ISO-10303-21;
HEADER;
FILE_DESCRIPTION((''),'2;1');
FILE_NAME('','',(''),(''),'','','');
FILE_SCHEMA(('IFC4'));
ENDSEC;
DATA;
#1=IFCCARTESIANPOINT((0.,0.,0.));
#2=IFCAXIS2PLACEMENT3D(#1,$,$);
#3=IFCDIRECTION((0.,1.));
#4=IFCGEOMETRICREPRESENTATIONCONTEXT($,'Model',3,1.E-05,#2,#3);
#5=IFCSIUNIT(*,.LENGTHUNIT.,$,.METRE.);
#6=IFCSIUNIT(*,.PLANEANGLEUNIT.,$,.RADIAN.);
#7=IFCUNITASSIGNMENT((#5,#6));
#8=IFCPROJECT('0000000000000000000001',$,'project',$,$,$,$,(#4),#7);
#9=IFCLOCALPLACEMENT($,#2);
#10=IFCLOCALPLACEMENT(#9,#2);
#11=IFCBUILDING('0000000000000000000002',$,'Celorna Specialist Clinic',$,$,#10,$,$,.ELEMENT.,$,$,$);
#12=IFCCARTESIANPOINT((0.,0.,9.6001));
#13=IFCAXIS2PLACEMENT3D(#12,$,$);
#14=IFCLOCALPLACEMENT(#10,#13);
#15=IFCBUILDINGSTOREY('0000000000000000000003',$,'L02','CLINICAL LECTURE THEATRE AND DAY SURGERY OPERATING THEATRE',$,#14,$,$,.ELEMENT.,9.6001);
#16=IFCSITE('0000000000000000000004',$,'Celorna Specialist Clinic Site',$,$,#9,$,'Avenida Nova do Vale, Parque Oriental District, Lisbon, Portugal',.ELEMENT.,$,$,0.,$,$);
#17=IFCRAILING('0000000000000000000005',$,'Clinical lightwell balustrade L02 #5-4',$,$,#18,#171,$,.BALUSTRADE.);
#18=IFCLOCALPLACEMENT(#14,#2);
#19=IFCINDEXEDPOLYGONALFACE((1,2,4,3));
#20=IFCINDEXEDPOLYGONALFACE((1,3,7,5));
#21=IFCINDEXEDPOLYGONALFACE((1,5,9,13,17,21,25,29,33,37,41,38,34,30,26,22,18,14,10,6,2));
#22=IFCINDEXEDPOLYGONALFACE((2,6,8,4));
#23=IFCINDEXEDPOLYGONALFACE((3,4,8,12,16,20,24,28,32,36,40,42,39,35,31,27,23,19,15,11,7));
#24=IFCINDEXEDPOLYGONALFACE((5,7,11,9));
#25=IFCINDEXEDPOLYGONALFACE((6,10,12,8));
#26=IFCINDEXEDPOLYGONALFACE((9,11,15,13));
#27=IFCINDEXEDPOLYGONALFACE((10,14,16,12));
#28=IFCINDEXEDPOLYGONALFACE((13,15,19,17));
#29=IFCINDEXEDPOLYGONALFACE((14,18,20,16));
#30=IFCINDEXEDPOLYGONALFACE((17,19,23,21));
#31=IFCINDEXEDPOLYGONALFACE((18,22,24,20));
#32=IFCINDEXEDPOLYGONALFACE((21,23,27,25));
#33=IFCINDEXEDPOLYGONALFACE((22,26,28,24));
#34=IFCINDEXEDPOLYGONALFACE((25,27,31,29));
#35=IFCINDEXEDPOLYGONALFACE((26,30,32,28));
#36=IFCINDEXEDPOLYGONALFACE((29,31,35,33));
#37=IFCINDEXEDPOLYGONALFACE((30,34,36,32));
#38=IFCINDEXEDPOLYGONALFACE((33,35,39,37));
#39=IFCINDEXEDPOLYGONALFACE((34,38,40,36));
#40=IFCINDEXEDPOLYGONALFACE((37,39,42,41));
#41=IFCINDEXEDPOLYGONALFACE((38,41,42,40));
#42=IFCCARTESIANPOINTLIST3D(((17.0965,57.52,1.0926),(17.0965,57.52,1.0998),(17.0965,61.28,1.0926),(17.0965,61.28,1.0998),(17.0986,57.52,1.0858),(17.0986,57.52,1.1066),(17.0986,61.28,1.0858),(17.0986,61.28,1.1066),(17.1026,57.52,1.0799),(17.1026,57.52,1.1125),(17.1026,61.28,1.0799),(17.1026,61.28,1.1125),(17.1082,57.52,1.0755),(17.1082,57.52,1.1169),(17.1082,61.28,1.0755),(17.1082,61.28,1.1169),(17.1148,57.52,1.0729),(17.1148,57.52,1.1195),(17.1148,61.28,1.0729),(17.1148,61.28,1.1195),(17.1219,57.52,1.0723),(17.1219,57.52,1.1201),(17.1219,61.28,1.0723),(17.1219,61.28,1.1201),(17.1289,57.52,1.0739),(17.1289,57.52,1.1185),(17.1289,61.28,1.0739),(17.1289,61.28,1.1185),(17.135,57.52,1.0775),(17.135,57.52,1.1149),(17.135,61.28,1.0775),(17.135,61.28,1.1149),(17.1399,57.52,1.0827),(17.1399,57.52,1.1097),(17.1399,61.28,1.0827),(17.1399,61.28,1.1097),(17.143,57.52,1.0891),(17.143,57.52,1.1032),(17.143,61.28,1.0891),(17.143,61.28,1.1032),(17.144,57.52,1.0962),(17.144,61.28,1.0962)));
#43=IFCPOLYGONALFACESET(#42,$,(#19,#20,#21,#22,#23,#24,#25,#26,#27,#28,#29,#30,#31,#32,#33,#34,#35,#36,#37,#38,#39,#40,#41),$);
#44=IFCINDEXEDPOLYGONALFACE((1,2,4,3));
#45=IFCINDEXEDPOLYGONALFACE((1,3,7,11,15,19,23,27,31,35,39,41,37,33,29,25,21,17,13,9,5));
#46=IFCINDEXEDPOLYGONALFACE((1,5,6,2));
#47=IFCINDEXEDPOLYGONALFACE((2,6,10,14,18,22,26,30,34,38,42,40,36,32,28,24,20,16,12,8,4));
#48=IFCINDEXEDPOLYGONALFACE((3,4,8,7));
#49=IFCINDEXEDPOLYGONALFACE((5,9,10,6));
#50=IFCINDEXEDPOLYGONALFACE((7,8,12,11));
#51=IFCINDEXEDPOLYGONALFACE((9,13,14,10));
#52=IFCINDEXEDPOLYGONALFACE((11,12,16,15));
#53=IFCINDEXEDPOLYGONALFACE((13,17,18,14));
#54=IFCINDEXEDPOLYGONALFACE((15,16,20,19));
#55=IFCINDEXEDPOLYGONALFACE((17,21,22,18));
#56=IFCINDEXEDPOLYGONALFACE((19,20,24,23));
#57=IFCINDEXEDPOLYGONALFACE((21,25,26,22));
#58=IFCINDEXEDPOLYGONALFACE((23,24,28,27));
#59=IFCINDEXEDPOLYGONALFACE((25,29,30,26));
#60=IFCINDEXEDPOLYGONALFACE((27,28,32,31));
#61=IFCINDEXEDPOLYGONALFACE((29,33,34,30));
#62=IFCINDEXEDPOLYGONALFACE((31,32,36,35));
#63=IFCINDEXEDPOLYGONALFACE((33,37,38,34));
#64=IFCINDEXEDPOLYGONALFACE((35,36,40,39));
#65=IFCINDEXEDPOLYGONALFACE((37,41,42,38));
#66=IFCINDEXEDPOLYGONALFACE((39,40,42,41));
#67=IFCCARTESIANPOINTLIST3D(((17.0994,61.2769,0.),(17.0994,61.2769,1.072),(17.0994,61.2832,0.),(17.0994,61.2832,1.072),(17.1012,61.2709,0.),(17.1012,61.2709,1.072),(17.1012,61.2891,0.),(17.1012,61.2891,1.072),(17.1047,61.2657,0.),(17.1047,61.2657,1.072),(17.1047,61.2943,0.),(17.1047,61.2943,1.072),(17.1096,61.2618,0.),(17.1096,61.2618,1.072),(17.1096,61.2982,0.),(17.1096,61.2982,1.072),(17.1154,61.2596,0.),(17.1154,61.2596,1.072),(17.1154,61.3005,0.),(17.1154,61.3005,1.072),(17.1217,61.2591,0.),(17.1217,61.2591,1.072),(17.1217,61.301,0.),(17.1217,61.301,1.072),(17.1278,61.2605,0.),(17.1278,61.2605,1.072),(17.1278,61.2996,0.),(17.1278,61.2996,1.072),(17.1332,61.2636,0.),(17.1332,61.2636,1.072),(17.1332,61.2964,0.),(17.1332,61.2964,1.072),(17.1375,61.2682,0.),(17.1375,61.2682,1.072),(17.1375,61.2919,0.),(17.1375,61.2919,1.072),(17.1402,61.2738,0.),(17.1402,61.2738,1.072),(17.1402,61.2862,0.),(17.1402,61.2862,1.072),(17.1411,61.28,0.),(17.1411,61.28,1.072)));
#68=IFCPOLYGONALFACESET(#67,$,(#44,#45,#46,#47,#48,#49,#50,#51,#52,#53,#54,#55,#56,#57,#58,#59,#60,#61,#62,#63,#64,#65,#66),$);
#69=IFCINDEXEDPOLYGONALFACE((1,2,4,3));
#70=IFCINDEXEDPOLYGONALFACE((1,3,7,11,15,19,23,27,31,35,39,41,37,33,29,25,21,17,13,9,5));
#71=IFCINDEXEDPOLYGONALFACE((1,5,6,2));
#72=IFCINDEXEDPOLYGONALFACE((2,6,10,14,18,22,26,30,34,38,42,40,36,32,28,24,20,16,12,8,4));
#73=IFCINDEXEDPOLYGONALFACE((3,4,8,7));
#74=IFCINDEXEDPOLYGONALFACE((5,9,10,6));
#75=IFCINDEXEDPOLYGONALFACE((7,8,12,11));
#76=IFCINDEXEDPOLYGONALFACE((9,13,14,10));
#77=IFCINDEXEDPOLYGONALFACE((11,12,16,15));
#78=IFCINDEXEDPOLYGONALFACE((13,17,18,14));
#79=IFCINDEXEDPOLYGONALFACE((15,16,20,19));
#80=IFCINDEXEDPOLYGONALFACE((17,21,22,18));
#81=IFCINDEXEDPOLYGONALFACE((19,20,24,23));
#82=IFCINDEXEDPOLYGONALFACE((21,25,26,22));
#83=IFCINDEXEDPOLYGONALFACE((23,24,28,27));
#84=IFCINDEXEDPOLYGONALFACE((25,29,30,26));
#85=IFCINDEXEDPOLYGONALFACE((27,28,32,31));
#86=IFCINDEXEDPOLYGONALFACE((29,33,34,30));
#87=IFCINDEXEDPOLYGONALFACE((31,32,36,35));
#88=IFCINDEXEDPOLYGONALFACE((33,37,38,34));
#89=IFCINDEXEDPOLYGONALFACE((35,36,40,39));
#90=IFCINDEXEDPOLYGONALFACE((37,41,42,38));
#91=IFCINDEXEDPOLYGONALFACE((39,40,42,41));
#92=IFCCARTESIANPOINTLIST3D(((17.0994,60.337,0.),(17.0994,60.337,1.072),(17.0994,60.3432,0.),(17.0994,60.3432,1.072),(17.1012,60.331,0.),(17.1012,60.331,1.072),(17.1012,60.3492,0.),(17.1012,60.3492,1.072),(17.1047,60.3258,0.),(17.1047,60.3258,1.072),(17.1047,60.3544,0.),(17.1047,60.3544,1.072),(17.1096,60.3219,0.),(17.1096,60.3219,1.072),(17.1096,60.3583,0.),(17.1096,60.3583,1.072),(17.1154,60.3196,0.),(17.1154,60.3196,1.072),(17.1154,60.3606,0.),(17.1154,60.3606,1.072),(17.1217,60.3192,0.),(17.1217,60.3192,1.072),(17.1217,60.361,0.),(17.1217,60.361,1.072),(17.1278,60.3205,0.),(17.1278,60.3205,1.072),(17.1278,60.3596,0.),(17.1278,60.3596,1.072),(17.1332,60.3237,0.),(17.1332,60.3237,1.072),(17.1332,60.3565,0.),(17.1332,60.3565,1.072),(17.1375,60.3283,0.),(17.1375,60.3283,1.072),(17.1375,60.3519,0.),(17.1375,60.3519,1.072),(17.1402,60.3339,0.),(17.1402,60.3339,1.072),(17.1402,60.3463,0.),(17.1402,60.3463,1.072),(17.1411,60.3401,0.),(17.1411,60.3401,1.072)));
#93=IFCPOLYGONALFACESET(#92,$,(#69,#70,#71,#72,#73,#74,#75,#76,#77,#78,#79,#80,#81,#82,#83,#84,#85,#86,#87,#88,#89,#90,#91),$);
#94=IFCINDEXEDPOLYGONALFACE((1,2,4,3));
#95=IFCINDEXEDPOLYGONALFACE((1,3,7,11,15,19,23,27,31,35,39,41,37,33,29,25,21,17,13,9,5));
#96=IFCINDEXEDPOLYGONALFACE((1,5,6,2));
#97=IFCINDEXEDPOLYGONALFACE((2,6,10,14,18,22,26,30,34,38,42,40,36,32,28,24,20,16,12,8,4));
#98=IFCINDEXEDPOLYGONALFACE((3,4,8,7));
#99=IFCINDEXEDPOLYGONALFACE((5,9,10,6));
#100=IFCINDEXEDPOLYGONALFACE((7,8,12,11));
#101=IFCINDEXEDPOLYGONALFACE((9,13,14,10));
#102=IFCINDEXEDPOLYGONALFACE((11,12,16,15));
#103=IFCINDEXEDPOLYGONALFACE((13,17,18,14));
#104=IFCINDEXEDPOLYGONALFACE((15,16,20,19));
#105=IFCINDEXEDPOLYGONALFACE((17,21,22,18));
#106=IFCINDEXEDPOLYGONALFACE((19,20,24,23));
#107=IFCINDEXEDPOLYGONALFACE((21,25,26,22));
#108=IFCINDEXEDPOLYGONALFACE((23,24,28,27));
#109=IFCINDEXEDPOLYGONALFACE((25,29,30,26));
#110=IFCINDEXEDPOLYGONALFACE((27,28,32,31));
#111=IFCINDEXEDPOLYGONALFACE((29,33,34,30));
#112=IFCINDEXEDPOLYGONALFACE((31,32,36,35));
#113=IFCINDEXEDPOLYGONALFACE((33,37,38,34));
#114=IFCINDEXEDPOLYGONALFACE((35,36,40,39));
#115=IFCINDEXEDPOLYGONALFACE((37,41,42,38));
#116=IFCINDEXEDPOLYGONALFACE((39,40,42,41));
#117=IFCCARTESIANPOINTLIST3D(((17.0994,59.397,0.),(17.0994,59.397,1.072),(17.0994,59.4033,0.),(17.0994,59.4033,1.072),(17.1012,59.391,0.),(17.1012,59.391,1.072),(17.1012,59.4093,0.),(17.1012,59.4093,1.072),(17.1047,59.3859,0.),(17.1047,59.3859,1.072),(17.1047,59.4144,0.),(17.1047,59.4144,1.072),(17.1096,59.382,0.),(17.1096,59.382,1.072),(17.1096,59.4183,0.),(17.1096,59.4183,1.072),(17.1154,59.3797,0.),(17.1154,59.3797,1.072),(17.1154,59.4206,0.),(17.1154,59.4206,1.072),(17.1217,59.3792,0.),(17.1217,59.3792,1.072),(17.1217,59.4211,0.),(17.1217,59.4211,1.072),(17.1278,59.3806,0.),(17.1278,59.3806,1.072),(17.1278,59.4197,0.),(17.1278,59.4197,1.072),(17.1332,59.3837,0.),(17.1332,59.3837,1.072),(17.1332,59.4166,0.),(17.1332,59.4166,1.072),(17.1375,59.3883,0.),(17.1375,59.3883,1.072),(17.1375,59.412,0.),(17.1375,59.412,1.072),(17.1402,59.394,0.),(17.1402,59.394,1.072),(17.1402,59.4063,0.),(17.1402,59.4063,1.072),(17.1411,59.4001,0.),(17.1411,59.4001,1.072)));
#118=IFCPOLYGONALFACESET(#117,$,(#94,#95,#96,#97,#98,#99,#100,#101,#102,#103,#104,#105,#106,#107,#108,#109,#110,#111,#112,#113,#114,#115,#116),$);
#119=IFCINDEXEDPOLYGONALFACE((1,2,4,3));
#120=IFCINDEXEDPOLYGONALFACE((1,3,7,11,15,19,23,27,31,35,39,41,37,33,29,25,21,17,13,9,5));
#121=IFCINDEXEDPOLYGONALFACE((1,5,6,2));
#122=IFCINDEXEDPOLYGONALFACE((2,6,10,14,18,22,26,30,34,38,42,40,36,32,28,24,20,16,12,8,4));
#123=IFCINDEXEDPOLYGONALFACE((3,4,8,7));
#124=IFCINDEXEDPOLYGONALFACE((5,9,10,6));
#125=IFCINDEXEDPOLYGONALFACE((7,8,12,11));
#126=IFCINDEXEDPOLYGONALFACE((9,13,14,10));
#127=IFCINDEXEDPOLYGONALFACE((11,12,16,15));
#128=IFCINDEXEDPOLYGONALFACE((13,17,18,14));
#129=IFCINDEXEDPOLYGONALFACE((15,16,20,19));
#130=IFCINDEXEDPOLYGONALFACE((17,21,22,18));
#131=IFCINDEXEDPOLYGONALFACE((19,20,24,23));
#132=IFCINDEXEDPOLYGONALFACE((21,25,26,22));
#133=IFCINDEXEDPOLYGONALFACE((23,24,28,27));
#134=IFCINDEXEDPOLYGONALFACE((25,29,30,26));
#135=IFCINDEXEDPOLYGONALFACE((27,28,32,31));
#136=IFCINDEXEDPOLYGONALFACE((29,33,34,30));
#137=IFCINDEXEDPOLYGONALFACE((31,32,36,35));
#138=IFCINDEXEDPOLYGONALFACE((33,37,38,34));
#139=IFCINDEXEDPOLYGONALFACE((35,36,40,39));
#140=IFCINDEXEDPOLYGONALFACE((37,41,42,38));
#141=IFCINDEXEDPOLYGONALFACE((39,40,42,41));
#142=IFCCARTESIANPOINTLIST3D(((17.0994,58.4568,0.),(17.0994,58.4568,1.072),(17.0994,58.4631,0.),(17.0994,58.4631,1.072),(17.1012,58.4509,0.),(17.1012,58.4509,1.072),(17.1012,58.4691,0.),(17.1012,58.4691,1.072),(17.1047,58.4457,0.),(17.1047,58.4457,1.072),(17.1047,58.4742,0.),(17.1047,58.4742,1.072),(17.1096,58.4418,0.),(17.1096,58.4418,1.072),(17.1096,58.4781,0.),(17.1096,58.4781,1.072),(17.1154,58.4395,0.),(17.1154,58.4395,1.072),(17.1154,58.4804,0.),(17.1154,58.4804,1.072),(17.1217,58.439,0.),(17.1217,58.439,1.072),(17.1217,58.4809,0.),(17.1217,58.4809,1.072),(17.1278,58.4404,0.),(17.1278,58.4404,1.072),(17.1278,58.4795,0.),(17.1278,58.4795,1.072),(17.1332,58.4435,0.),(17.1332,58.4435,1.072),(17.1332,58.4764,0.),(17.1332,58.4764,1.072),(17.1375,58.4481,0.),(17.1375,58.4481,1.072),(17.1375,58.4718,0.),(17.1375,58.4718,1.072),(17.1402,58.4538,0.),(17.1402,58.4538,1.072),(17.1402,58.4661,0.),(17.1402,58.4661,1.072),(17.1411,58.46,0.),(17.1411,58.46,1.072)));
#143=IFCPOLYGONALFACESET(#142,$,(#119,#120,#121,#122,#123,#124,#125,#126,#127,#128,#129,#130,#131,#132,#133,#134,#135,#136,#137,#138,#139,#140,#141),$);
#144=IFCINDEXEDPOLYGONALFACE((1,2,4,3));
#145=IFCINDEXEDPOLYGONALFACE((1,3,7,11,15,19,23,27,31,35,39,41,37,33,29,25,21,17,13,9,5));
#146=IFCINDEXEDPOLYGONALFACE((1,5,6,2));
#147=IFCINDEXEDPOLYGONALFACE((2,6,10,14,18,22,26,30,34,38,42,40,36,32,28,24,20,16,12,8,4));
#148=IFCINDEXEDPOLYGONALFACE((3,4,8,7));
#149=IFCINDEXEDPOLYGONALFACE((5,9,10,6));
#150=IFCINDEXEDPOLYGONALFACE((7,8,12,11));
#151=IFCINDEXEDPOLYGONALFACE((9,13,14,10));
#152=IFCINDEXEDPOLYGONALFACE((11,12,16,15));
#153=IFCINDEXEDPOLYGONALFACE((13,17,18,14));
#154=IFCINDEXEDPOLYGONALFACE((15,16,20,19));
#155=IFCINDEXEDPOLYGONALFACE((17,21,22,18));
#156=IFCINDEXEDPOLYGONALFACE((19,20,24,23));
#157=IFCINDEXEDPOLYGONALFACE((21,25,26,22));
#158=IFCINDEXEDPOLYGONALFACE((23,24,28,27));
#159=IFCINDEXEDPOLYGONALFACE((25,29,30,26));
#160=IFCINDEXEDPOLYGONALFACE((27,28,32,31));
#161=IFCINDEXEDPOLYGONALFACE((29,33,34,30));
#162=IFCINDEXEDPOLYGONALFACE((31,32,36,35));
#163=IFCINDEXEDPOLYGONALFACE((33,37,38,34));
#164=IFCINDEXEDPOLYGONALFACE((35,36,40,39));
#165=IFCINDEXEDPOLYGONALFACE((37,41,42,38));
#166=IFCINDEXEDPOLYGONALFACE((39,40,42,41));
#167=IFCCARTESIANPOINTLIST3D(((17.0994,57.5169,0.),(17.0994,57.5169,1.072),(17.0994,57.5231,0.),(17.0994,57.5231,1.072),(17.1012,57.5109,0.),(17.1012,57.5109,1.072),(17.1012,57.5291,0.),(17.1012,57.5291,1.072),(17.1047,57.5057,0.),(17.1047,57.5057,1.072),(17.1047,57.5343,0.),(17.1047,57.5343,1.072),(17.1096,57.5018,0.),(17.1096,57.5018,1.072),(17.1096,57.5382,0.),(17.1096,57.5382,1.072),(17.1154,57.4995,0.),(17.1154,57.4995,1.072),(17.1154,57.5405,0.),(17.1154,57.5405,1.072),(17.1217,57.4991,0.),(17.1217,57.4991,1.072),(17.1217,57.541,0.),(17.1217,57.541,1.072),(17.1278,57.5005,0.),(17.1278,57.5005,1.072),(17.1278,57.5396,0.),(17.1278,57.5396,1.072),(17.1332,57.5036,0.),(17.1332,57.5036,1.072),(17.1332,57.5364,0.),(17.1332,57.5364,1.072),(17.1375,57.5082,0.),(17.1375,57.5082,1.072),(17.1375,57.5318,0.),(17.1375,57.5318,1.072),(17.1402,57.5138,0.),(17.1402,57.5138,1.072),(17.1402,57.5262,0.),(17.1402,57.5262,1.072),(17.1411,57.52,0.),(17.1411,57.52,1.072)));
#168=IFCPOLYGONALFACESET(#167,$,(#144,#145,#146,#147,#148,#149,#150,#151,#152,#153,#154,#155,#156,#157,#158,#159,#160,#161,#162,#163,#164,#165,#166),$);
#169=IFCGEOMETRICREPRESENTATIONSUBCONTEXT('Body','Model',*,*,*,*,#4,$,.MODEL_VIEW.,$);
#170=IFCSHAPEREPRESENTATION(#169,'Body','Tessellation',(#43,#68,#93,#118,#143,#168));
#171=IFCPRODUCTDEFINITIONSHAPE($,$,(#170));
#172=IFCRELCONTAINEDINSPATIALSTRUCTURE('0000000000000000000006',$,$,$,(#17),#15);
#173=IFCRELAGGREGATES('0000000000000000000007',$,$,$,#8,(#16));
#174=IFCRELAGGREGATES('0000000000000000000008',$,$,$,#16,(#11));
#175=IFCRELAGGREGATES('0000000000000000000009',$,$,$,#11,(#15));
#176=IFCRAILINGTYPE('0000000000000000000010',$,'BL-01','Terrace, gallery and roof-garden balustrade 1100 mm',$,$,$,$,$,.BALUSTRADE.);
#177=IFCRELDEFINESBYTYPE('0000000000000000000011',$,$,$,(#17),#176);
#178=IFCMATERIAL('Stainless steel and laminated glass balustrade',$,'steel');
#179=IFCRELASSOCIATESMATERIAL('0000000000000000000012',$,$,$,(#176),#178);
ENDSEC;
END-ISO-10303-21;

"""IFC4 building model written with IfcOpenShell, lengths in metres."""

from ifc_helpers import new_model, si_unit, direction, frame, origin, origin_2d, place, context, subcontext, project, spatial, circle, extrude, material, type_object, element, save


model = new_model("IFC4")

# Units and contexts
model_context = context("Model", 3, precision=1e-05, world=origin(), true_north=direction((0.0, 1.0)))
body_context = subcontext(model_context, "Body", "Model", "MODEL_VIEW")
ifc_project = project(units=[si_unit("LENGTHUNIT", "METRE"), si_unit("PLANEANGLEUNIT", "RADIAN")], contexts=[model_context])

# Site, building, storey
site_placement = place(None, origin())
site = spatial("IfcSite", under=ifc_project, at=site_placement, Name="Celorna Specialist Clinic Site", LongName="Avenida Nova do Vale, Parque Oriental District, Lisbon, Portugal", CompositionType="ELEMENT", RefElevation=0.0)
building_placement = place(site_placement, origin())
building = spatial("IfcBuilding", under=site, at=building_placement, Name="Celorna Specialist Clinic", CompositionType="ELEMENT")
storey_placement = place(building_placement, frame((0.0, 0.0, 9.6001)))
storey = spatial("IfcBuildingStorey", under=building, at=storey_placement, Name="L02", Description="CLINICAL LECTURE THEATRE AND DAY SURGERY OPERATING THEATRE", CompositionType="ELEMENT", Elevation=9.6001)

# Railing
ifc_material_1 = material(Name="Stainless steel and laminated glass balustrade", Category="steel")
railing_type = type_object("IfcRailingType", Name="BL-01", Description="Terrace, gallery and roof-garden balustrade 1100 mm", PredefinedType="BALUSTRADE", material=ifc_material_1)
railing_1_placement = place(storey_placement, frame((17.1201, 61.28, 0.0)))
element("IfcRailing", 1, at=railing_1_placement, inside=storey, type_object=railing_type, Name="Clinical lightwell balustrade L02 #5-4", PredefinedType="BALUSTRADE", context=body_context, shape_type="SweptSolid", body=[
    extrude(circle(Radius=0.0239, at=origin_2d()), frame((0.0, 0.0, 1.0962), z_axis=(0.0, -1.0, 0.0), x_axis=(1.0, 0.0, 0.0)), (0.0, 0.0, 1.0), 3.76),
    extrude(circle(Radius=0.021, at=origin_2d()), origin(), (0.0, 0.0, 1.0), 1.072),
    extrude(circle(Radius=0.021, at=origin_2d()), frame((0.0, -0.9399, 0.0)), (0.0, 0.0, 1.0), 1.072),
    extrude(circle(Radius=0.021, at=origin_2d()), frame((0.0, -1.8799, 0.0)), (0.0, 0.0, 1.0), 1.072),
    extrude(circle(Radius=0.021, at=origin_2d()), frame((0.0, -2.8201, 0.0)), (0.0, 0.0, 1.0), 1.072),
    extrude(circle(Radius=0.021, at=origin_2d()), frame((0.0, -3.76, 0.0)), (0.0, 0.0, 1.0), 1.072),
])

save(model, "model.ifc")
